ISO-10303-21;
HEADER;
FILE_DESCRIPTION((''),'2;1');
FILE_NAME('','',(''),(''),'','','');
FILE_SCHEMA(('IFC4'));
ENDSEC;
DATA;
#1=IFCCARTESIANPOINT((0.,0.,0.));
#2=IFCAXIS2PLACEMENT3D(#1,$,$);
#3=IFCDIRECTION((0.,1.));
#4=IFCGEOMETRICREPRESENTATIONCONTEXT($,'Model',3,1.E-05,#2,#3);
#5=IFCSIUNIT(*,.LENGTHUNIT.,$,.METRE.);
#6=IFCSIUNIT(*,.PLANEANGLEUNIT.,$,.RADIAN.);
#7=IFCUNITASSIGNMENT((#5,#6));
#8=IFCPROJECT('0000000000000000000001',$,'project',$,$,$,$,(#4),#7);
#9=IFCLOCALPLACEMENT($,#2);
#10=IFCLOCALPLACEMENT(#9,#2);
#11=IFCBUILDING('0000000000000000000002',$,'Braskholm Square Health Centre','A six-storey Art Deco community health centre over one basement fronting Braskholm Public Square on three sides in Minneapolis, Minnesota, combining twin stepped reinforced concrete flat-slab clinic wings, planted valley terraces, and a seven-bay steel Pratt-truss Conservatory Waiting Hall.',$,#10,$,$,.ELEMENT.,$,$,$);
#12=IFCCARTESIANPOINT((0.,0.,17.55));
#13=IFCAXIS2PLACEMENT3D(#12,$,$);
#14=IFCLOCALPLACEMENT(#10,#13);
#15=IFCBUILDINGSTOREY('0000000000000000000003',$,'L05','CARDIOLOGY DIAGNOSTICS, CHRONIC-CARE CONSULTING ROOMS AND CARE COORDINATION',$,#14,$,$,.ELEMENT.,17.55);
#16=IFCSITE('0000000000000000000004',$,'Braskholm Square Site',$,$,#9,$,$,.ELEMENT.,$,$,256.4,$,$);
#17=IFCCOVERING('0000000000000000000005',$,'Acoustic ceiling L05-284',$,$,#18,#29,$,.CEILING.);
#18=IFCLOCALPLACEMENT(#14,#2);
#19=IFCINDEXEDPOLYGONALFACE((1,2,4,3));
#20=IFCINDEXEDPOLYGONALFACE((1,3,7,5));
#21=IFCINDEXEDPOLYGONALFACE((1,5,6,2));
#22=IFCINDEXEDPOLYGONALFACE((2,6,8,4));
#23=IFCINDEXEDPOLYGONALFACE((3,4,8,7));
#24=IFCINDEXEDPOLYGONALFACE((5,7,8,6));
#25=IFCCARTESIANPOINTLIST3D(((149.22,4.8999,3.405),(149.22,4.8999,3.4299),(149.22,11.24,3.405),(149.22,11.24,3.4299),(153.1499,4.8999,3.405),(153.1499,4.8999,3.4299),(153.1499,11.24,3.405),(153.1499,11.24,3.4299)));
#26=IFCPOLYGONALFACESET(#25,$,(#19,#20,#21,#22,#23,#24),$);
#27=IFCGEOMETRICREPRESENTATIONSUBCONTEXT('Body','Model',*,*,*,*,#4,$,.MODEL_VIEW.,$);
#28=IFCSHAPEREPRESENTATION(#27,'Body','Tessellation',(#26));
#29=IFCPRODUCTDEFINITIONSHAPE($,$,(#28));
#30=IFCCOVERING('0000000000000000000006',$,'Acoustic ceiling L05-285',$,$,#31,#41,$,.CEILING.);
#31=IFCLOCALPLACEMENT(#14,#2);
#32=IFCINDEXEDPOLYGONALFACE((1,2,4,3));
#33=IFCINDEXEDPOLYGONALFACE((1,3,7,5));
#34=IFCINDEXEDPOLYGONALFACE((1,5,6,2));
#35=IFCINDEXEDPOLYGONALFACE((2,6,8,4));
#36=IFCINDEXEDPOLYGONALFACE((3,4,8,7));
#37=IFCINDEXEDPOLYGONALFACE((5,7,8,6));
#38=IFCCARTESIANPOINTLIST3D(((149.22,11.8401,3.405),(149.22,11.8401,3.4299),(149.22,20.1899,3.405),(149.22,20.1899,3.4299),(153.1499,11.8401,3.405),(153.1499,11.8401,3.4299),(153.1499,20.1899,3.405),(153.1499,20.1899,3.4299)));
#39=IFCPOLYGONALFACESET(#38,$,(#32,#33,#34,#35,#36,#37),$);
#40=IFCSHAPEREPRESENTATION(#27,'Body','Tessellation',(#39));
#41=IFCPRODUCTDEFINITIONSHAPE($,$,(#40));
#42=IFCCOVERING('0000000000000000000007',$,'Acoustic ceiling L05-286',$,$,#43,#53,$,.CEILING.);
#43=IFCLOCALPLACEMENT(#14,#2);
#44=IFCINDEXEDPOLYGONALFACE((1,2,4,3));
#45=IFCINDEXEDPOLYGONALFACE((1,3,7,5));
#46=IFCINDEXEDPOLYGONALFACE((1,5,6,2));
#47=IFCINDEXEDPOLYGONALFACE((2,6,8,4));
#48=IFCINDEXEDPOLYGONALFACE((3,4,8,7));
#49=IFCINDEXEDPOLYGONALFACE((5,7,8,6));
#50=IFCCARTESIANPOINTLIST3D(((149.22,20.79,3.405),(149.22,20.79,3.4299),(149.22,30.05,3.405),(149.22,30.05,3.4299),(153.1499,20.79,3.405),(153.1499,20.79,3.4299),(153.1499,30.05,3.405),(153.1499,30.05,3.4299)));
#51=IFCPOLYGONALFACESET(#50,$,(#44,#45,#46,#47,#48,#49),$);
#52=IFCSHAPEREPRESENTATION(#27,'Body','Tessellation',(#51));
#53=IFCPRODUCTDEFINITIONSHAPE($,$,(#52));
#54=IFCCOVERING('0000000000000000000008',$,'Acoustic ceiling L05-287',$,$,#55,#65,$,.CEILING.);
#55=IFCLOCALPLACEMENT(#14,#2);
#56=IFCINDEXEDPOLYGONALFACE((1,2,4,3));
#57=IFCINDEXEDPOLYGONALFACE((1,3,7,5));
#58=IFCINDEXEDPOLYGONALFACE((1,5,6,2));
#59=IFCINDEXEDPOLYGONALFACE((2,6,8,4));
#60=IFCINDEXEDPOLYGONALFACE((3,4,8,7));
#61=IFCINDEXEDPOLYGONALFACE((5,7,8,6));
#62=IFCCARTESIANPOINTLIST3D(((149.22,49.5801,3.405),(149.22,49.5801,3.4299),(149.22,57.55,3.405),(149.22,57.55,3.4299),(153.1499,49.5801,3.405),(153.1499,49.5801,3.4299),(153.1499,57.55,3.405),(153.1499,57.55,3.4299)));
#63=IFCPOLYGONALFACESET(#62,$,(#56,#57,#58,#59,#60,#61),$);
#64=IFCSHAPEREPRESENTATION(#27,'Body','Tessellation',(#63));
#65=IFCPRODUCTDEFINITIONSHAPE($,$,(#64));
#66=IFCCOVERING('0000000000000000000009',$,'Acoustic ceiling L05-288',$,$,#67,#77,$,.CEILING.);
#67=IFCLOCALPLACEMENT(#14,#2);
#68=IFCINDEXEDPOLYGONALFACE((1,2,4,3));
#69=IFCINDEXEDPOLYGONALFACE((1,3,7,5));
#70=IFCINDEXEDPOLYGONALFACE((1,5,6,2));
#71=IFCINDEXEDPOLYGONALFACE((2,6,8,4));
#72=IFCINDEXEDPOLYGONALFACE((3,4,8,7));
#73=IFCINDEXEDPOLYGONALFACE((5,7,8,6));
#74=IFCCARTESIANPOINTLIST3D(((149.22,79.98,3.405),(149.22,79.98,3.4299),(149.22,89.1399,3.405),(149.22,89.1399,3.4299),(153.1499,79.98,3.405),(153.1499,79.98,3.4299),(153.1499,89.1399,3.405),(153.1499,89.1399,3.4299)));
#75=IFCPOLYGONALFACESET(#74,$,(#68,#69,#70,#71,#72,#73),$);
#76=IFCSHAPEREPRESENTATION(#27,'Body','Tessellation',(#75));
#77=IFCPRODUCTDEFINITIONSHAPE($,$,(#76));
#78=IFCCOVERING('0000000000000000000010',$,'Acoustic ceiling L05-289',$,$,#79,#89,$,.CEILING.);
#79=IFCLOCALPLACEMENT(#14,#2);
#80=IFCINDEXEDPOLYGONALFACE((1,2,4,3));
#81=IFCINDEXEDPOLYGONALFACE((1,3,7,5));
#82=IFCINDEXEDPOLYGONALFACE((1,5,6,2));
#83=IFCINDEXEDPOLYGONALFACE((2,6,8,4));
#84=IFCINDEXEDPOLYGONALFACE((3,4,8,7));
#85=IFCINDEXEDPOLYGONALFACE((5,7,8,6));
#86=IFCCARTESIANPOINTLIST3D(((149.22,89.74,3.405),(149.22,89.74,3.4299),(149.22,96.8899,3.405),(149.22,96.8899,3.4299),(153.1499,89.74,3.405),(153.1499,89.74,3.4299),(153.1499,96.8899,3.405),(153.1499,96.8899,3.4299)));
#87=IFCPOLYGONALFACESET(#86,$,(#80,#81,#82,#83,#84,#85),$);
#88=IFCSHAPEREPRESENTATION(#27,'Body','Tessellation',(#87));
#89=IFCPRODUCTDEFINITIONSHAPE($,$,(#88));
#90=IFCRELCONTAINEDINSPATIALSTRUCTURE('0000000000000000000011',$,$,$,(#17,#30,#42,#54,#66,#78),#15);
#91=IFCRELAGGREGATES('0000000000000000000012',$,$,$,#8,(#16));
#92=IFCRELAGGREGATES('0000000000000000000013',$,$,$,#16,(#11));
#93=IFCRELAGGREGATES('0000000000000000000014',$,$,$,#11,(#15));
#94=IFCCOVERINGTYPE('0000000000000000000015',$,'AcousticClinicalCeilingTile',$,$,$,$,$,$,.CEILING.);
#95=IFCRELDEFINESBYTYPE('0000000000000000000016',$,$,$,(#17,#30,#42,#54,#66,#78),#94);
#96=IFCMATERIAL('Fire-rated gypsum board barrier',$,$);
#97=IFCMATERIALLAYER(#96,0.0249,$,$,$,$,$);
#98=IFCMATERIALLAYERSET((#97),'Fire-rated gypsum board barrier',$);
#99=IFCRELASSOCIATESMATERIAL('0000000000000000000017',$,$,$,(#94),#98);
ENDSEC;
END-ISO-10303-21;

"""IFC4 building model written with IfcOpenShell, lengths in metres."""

from ifc_helpers import new_model, si_unit, direction, frame, origin, place, context, subcontext, project, spatial, polyline, outline, extrude, material, layer, layer_set, type_object, element, save


model = new_model("IFC4")

# Units and contexts
model_context = context("Model", 3, precision=1e-05, world=origin(), true_north=direction((0.0, 1.0)))
body_context = subcontext(model_context, "Body", "Model", "MODEL_VIEW")
ifc_project = project(units=[si_unit("LENGTHUNIT", "METRE"), si_unit("PLANEANGLEUNIT", "RADIAN")], contexts=[model_context])

# Site, building, storey
site_placement = place(None, origin())
site = spatial("IfcSite", under=ifc_project, at=site_placement, Name="Braskholm Square Site", CompositionType="ELEMENT", RefElevation=256.4)
building_placement = place(site_placement, origin())
building = spatial("IfcBuilding", under=site, at=building_placement, Name="Braskholm Square Health Centre", Description="A six-storey Art Deco community health centre over one basement fronting Braskholm Public Square on three sides in Minneapolis, Minnesota, combining twin stepped reinforced concrete flat-slab clinic wings, planted valley terraces, and a seven-bay steel Pratt-truss Conservatory Waiting Hall.", CompositionType="ELEMENT")
storey_placement = place(building_placement, frame((0.0, 0.0, 17.55)))
storey = spatial("IfcBuildingStorey", under=building, at=storey_placement, Name="L05", Description="CARDIOLOGY DIAGNOSTICS, CHRONIC-CARE CONSULTING ROOMS AND CARE COORDINATION", CompositionType="ELEMENT", Elevation=17.55)

# Coverings
ifc_material = material(Name="Fire-rated gypsum board barrier")
ifc_layer = layer(ifc_material, 0.0249)
ifc_layer_set = layer_set([ifc_layer], Name="Fire-rated gypsum board barrier")
covering_type = type_object("IfcCoveringType", Name="AcousticClinicalCeilingTile", PredefinedType="CEILING", material=ifc_layer_set)
covering_1_placement = place(storey_placement, frame((0.0, 0.0, 3.405)))
element("IfcCovering", 1, at=covering_1_placement, inside=storey, type_object=covering_type, Name="Acoustic ceiling L05-284", PredefinedType="CEILING", context=body_context, shape_type="SweptSolid", body=[
    extrude(outline(polyline([(149.22, 4.8999), (153.1499, 4.8999), (153.1499, 11.24), (149.22, 11.24), (149.22, 4.8999)])), origin(), (0.0, 0.0, 1.0), 0.0249),
])
covering_2_placement = place(storey_placement, frame((0.0, 0.0, 3.405)))
element("IfcCovering", 2, at=covering_2_placement, inside=storey, type_object=covering_type, Name="Acoustic ceiling L05-285", PredefinedType="CEILING", context=body_context, shape_type="SweptSolid", body=[
    extrude(outline(polyline([(149.22, 11.8401), (153.1499, 11.8401), (153.1499, 20.1899), (149.22, 20.1899), (149.22, 11.8401)])), origin(), (0.0, 0.0, 1.0), 0.0249),
])
covering_3_placement = place(storey_placement, frame((0.0, 0.0, 3.405)))
element("IfcCovering", 3, at=covering_3_placement, inside=storey, type_object=covering_type, Name="Acoustic ceiling L05-286", PredefinedType="CEILING", context=body_context, shape_type="SweptSolid", body=[
    extrude(outline(polyline([(149.22, 20.79), (153.1499, 20.79), (153.1499, 30.05), (149.22, 30.05), (149.22, 20.79)])), origin(), (0.0, 0.0, 1.0), 0.0249),
])
covering_4_placement = place(storey_placement, frame((0.0, 0.0, 3.405)))
element("IfcCovering", 4, at=covering_4_placement, inside=storey, type_object=covering_type, Name="Acoustic ceiling L05-287", PredefinedType="CEILING", context=body_context, shape_type="SweptSolid", body=[
    extrude(outline(polyline([(149.22, 49.5801), (153.1499, 49.5801), (153.1499, 57.55), (149.22, 57.55), (149.22, 49.5801)])), origin(), (0.0, 0.0, 1.0), 0.0249),
])
covering_5_placement = place(storey_placement, frame((0.0, 0.0, 3.405)))
element("IfcCovering", 5, at=covering_5_placement, inside=storey, type_object=covering_type, Name="Acoustic ceiling L05-288", PredefinedType="CEILING", context=body_context, shape_type="SweptSolid", body=[
    extrude(outline(polyline([(149.22, 79.98), (153.1499, 79.98), (153.1499, 89.1399), (149.22, 89.1399), (149.22, 79.98)])), origin(), (0.0, 0.0, 1.0), 0.0249),
])
covering_6_placement = place(storey_placement, frame((0.0, 0.0, 3.405)))
element("IfcCovering", 6, at=covering_6_placement, inside=storey, type_object=covering_type, Name="Acoustic ceiling L05-289", PredefinedType="CEILING", context=body_context, shape_type="SweptSolid", body=[
    extrude(outline(polyline([(149.22, 89.74), (153.1499, 89.74), (153.1499, 96.8899), (149.22, 96.8899), (149.22, 89.74)])), origin(), (0.0, 0.0, 1.0), 0.0249),
])

save(model, "model.ifc")
